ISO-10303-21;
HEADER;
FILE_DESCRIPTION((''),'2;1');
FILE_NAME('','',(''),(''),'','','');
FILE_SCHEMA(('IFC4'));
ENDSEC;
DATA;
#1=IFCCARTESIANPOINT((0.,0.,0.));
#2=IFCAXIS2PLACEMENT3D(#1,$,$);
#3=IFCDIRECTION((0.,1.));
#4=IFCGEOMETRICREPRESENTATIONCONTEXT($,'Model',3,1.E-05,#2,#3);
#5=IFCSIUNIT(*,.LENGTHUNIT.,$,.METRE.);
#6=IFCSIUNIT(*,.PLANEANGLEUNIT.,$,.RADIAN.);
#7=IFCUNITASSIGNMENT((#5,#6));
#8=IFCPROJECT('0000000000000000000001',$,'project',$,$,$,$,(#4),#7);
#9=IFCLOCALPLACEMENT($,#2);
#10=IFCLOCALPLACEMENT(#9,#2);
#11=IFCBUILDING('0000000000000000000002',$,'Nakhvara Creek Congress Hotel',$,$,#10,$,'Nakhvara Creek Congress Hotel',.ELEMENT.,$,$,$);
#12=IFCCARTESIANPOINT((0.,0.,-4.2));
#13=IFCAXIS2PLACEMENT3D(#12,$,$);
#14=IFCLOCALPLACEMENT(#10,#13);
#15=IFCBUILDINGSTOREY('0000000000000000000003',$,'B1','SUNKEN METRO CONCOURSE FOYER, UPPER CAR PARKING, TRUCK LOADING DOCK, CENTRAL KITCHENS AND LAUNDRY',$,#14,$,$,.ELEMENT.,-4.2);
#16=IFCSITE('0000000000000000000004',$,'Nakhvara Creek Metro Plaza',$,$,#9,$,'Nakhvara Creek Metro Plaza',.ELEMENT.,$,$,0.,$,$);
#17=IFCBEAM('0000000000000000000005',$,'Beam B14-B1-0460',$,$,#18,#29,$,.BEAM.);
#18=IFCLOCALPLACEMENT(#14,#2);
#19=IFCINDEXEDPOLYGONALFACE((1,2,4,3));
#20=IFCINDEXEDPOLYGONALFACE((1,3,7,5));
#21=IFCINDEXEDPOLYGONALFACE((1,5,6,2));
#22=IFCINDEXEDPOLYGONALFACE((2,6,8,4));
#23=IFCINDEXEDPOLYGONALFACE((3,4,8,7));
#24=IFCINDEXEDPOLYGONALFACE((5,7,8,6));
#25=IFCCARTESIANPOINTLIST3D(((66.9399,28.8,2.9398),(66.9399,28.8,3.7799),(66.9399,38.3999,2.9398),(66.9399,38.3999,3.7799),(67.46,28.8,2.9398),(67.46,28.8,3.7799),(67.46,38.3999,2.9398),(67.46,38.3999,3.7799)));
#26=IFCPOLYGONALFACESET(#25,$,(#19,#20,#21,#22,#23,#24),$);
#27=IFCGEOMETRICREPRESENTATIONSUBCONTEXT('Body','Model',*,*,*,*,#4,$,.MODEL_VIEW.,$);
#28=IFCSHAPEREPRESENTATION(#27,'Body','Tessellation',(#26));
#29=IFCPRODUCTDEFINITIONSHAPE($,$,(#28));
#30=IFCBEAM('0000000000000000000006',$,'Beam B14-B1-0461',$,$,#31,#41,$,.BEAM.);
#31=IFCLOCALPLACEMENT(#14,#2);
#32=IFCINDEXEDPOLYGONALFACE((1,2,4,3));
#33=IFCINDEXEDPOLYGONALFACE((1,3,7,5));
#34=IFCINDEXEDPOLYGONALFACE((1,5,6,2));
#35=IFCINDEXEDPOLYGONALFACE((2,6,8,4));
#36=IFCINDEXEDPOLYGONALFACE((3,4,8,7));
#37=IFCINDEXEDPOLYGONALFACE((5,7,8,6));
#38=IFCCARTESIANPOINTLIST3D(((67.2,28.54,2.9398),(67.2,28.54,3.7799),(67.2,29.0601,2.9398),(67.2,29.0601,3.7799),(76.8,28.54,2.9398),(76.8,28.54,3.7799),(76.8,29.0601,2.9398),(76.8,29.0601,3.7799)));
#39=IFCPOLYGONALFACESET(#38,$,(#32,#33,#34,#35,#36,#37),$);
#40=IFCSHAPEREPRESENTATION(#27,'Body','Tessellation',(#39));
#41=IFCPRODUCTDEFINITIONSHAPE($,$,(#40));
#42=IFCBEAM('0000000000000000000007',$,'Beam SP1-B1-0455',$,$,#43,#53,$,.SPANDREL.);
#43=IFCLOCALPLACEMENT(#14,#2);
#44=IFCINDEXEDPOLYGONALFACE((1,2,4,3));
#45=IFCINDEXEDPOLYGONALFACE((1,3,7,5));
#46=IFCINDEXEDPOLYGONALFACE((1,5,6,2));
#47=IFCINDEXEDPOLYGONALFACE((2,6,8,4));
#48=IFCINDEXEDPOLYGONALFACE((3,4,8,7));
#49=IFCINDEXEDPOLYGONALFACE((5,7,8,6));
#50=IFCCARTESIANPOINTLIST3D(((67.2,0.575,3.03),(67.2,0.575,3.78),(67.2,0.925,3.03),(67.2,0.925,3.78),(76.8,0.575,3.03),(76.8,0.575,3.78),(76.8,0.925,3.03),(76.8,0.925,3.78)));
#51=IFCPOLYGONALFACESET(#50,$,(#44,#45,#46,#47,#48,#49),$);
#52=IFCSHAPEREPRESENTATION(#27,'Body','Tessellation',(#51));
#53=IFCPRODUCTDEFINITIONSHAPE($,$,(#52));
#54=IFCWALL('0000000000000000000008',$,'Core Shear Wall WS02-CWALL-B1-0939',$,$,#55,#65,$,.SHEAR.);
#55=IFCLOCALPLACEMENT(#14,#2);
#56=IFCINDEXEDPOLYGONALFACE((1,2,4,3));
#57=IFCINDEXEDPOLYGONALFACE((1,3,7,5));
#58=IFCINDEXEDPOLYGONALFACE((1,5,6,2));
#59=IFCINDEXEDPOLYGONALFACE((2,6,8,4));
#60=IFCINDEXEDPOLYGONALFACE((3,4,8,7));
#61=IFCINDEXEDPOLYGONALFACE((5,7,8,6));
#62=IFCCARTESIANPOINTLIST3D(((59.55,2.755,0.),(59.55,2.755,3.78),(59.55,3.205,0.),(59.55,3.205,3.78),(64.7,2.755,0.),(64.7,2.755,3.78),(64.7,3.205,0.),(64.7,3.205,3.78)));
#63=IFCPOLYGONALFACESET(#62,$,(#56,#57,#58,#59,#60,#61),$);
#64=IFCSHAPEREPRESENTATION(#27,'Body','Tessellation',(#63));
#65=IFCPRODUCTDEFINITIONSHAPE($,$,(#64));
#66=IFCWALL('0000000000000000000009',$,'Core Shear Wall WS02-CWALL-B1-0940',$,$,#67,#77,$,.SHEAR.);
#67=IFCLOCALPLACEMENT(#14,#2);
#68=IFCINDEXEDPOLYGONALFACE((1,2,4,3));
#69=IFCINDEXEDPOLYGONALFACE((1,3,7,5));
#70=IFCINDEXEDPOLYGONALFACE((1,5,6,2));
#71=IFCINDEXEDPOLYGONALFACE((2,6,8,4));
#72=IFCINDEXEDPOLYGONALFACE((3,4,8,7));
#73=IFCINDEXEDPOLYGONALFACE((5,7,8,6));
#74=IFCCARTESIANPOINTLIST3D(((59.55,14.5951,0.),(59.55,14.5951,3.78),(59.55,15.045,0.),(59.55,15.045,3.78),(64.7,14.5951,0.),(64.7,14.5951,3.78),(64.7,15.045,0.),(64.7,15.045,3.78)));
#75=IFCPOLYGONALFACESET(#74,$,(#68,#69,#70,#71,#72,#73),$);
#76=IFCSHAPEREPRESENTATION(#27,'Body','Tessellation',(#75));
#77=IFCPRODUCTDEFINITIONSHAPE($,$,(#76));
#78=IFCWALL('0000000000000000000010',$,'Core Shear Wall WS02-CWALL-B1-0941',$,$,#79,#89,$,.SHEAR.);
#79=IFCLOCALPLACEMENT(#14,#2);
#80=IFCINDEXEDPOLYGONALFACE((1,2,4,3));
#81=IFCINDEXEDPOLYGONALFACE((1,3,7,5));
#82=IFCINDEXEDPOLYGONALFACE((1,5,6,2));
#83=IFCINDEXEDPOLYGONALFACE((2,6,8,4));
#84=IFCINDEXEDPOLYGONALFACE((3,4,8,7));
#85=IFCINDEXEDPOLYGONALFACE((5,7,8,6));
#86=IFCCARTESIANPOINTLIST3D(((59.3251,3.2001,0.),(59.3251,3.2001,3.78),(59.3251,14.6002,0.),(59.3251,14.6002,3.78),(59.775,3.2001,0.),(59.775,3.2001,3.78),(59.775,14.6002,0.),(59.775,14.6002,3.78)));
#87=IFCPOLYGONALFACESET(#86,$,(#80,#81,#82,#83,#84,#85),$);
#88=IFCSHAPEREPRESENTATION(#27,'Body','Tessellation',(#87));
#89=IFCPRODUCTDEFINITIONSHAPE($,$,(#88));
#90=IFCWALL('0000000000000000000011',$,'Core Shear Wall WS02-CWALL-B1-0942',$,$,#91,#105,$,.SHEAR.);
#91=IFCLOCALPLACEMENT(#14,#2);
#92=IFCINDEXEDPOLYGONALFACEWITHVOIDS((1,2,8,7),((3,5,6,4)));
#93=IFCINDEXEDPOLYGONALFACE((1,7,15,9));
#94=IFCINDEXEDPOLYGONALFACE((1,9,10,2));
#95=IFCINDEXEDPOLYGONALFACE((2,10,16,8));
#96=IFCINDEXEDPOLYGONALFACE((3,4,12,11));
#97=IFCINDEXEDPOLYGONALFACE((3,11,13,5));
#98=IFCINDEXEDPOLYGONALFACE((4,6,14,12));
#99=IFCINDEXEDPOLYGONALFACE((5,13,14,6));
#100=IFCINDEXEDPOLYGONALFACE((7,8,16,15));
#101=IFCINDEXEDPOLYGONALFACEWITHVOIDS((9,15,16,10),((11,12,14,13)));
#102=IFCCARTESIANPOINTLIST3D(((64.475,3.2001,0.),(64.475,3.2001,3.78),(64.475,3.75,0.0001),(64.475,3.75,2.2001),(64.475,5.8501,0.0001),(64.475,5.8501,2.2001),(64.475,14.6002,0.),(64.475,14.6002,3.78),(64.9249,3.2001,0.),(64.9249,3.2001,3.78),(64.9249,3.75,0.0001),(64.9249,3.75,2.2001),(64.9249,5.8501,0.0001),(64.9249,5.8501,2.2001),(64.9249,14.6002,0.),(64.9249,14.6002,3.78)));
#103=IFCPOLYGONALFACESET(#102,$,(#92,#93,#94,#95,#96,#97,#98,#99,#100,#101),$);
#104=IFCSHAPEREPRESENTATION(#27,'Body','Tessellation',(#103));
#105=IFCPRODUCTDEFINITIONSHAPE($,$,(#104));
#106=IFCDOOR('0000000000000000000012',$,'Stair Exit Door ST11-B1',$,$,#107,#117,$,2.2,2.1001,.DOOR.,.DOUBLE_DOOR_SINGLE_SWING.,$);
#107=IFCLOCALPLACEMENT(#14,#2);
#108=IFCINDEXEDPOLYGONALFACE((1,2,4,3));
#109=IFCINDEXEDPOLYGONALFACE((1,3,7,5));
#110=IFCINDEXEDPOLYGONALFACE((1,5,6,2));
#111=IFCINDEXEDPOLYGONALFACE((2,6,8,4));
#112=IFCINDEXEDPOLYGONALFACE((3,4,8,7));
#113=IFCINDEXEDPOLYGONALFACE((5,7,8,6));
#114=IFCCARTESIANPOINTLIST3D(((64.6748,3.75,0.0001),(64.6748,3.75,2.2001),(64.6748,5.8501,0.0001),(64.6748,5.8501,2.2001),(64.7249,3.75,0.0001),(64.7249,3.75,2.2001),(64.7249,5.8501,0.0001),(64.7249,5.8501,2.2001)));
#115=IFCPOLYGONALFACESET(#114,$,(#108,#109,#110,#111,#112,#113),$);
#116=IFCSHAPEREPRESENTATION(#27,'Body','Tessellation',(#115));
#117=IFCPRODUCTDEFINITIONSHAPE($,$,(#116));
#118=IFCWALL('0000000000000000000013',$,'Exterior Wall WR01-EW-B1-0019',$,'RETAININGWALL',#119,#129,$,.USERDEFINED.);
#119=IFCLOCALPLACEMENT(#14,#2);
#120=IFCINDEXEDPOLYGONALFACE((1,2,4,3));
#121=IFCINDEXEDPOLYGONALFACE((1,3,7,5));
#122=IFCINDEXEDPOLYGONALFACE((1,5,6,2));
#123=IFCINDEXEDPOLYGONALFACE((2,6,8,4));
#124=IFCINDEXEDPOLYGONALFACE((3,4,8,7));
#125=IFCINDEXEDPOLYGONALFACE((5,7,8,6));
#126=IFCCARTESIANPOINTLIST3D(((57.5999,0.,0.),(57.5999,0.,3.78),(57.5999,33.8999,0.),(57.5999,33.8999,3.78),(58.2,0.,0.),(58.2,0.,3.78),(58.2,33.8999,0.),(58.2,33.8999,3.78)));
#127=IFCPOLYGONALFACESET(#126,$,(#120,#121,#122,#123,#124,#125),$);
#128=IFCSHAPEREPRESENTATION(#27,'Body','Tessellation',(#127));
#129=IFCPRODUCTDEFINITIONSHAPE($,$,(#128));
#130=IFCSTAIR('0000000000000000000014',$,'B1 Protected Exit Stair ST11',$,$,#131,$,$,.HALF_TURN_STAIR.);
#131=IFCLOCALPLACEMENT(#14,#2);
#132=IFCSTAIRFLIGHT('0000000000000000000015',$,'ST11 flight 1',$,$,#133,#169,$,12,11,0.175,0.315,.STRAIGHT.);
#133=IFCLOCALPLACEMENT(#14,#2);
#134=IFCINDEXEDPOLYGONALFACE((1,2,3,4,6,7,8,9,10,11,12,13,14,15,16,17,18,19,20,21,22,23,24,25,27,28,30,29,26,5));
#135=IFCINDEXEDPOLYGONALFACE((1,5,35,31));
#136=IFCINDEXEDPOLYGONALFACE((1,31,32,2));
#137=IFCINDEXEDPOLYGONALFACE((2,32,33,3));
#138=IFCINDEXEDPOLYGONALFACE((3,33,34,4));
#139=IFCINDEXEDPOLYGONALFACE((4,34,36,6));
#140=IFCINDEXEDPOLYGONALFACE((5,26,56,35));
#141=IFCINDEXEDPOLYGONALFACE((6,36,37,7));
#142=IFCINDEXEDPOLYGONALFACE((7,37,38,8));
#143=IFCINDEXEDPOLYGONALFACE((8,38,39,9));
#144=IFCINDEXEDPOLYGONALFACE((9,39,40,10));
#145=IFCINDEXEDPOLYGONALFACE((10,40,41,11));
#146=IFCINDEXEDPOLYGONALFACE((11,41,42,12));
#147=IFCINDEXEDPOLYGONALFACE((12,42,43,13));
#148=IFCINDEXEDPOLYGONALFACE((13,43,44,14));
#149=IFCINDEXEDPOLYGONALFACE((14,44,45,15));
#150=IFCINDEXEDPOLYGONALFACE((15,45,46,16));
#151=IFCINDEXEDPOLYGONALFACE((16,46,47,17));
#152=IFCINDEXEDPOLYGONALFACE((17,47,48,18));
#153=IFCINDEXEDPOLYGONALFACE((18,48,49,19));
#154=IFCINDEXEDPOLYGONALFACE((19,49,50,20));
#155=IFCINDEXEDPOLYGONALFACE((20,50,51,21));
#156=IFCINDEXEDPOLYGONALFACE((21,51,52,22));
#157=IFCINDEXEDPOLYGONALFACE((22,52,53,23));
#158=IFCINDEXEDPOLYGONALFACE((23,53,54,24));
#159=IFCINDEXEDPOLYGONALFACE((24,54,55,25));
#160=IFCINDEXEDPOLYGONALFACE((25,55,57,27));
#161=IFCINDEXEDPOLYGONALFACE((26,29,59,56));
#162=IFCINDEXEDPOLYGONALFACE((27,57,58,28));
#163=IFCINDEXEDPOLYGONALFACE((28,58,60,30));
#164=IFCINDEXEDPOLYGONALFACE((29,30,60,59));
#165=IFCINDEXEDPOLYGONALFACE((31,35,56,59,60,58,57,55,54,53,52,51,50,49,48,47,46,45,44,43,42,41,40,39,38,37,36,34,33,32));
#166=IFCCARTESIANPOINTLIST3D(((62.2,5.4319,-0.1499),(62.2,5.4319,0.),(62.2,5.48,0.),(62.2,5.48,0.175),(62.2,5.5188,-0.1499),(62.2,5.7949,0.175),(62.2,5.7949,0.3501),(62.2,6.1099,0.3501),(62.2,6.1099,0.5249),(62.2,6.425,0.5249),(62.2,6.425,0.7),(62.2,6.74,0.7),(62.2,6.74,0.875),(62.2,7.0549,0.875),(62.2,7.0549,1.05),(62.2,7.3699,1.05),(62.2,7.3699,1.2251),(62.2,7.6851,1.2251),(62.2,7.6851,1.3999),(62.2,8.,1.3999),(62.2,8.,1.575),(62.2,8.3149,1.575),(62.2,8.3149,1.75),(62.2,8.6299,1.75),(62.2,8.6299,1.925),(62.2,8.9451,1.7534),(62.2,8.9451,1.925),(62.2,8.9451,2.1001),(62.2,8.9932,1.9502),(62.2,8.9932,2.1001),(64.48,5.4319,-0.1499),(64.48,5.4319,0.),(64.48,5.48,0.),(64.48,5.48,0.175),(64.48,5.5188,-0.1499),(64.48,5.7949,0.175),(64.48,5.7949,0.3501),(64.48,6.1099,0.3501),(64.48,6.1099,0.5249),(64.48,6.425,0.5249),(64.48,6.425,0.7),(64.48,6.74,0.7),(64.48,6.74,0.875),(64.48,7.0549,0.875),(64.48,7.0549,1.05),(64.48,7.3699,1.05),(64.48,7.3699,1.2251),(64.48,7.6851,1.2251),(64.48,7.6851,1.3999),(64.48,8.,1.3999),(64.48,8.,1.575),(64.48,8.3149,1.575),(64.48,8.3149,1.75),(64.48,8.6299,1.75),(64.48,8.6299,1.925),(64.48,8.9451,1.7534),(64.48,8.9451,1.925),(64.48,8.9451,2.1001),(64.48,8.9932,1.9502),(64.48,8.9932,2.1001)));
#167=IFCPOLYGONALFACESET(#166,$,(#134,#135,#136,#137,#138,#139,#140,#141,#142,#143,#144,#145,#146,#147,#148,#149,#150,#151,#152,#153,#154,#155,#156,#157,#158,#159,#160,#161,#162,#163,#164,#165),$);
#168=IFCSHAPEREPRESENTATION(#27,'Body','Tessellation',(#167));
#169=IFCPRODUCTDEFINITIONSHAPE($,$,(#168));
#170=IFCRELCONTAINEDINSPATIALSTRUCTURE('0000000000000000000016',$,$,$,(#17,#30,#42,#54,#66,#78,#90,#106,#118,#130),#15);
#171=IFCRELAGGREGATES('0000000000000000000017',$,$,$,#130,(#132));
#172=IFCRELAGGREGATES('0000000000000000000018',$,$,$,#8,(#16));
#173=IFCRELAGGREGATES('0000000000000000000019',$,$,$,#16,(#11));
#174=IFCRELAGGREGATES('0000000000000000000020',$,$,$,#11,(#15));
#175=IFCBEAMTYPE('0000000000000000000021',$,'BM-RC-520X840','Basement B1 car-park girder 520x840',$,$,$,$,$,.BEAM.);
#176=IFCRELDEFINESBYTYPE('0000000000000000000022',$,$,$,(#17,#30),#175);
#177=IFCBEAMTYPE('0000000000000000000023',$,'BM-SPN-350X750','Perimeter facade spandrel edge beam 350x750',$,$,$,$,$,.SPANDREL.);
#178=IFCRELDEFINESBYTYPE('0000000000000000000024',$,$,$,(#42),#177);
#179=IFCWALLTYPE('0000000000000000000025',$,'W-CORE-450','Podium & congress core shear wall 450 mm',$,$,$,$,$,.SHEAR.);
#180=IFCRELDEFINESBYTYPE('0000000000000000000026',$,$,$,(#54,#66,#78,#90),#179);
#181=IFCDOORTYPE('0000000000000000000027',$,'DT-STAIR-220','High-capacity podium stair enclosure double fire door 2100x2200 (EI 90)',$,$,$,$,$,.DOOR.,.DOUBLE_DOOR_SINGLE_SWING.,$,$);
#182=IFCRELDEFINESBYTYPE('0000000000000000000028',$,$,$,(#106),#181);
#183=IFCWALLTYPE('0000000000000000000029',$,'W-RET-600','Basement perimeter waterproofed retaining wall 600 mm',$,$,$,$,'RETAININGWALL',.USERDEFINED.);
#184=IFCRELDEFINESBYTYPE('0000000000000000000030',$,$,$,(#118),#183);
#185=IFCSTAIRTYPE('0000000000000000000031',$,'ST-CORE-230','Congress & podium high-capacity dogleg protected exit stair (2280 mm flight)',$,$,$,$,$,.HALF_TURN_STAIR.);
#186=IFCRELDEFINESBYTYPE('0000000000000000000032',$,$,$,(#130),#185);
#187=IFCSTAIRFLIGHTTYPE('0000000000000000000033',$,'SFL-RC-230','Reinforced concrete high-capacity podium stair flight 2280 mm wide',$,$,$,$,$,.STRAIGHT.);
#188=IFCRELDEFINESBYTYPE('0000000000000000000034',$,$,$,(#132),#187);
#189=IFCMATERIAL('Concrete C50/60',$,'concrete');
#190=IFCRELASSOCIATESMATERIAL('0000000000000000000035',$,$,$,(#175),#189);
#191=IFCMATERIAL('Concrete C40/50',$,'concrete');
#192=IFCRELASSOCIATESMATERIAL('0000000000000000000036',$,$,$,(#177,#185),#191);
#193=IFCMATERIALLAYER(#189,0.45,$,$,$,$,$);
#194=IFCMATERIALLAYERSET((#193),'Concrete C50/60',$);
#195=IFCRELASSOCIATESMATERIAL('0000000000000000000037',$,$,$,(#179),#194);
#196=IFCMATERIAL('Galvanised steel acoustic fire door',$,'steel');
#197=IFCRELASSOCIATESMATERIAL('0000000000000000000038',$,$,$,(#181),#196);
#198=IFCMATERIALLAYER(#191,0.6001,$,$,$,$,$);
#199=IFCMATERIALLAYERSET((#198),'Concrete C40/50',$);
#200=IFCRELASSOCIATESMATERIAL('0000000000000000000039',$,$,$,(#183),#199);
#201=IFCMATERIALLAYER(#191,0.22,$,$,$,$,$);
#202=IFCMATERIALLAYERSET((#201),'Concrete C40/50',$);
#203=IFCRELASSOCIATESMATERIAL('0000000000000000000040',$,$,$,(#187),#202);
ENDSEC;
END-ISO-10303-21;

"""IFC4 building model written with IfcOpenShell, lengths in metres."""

from ifc_helpers import new_model, si_unit, direction, frame, frame_2d, origin, origin_2d, place, context, subcontext, project, spatial, polyline, rectangle, outline, extrude, material, layer, layer_set, material_profile, profile_set, type_object, element, fill, aggregate, save


model = new_model("IFC4")

# Units and contexts
model_context = context("Model", 3, precision=1e-05, world=origin(), true_north=direction((0.0, 1.0)))
body_context = subcontext(model_context, "Body", "Model", "MODEL_VIEW")
ifc_project = project(units=[si_unit("LENGTHUNIT", "METRE"), si_unit("PLANEANGLEUNIT", "RADIAN")], contexts=[model_context])

# Site, building, storey
site_placement = place(None, origin())
site = spatial("IfcSite", under=ifc_project, at=site_placement, Name="Nakhvara Creek Metro Plaza", LongName="Nakhvara Creek Metro Plaza", CompositionType="ELEMENT", RefElevation=0.0)
building_placement = place(site_placement, origin())
building = spatial("IfcBuilding", under=site, at=building_placement, Name="Nakhvara Creek Congress Hotel", LongName="Nakhvara Creek Congress Hotel", CompositionType="ELEMENT")
storey_placement = place(building_placement, frame((0.0, 0.0, -4.2)))
storey = spatial("IfcBuildingStorey", under=building, at=storey_placement, Name="B1", Description="SUNKEN METRO CONCOURSE FOYER, UPPER CAR PARKING, TRUCK LOADING DOCK, CENTRAL KITCHENS AND LAUNDRY", CompositionType="ELEMENT", Elevation=-4.2)

# Shared definitions
ifc_material_1 = material(Name="Concrete C50/60", Category="concrete")

# Beams
ifc_material_2 = material(Name="Concrete C40/50", Category="concrete")
ifc_material_profile_1 = material_profile(ifc_material_1, rectangle(XDim=0.52, YDim=0.8401, at=origin_2d()), Name="RC-BM 520x840", Category="LoadBearing")
ifc_profile_set_1 = profile_set([ifc_material_profile_1], Name="Concrete C50/60")
beam_type_1 = type_object("IfcBeamType", Name="BM-RC-520X840", Description="Basement B1 car-park girder 520x840", PredefinedType="BEAM", material=ifc_profile_set_1)
beam_1_placement = place(storey_placement, frame((67.2, 28.8, 3.3599), z_axis=(0.0, 1.0, 0.0), x_axis=(-1.0, 0.0, 0.0)))
element("IfcBeam", 1, at=beam_1_placement, inside=storey, type_object=beam_type_1, Name="Beam B14-B1-0460", PredefinedType="BEAM", context=body_context, shape_type="SweptSolid", body=[
    extrude(rectangle(XDim=0.52, YDim=0.8401, at=origin_2d()), origin(), (0.0, 0.0, 1.0), 9.5999),
])
beam_2_placement = place(storey_placement, frame((67.2, 28.8, 3.3599), z_axis=(1.0, 0.0, 0.0), x_axis=(0.0, 1.0, 0.0)))
element("IfcBeam", 2, at=beam_2_placement, inside=storey, type_object=beam_type_1, Name="Beam B14-B1-0461", PredefinedType="BEAM", context=body_context, shape_type="SweptSolid", body=[
    extrude(rectangle(XDim=0.52, YDim=0.8401, at=origin_2d()), origin(), (0.0, 0.0, 1.0), 9.6001),
])
ifc_material_profile_2 = material_profile(ifc_material_2, rectangle(XDim=0.3501, YDim=0.75, at=origin_2d()), Name="RC-SPANDREL 350x750", Category="LoadBearing")
ifc_profile_set_2 = profile_set([ifc_material_profile_2], Name="Concrete C40/50")
beam_type_2 = type_object("IfcBeamType", Name="BM-SPN-350X750", Description="Perimeter facade spandrel edge beam 350x750", PredefinedType="SPANDREL", material=ifc_profile_set_2)
beam_3_placement = place(storey_placement, frame((67.2, 0.75, 3.405), z_axis=(1.0, 0.0, 0.0), x_axis=(0.0, 1.0, 0.0)))
element("IfcBeam", 3, at=beam_3_placement, inside=storey, type_object=beam_type_2, Name="Beam SP1-B1-0455", PredefinedType="SPANDREL", context=body_context, shape_type="SweptSolid", body=[
    extrude(rectangle(XDim=0.3501, YDim=0.75, at=origin_2d()), origin(), (0.0, 0.0, 1.0), 9.6001),
])

# Walls
ifc_layer_1 = layer(ifc_material_1, 0.45)
ifc_layer_set_1 = layer_set([ifc_layer_1], Name="Concrete C50/60")
wall_type_1 = type_object("IfcWallType", Name="W-CORE-450", Description="Podium & congress core shear wall 450 mm", PredefinedType="SHEAR", material=ifc_layer_set_1)
for number, where, z_axis, x_axis, name in (
    (4, (59.55, 2.98, 0.0), (0.0, 0.0, 1.0), (1.0, 0.0, 0.0), "Core Shear Wall WS02-CWALL-B1-0939"),
    (5, (59.55, 14.8201, 0.0), (0.0, 0.0, 1.0), (1.0, 0.0, 0.0), "Core Shear Wall WS02-CWALL-B1-0940"),
):
    element("IfcWall", number, at=place(storey_placement, frame(where, z_axis=z_axis, x_axis=x_axis)), inside=storey, type_object=wall_type_1, Name=name, PredefinedType="SHEAR", context=body_context, shape_type="SweptSolid", body=[
        extrude(rectangle(XDim=5.1499, YDim=0.45, at=frame_2d((2.575, 0.0))), origin(), (0.0, 0.0, 1.0), 3.78),
    ])
wall_1_placement = place(storey_placement, frame((59.55, 3.2, 0.0), z_axis=(0.0, 0.0, 1.0), x_axis=(0.0, 1.0, 0.0)))
element("IfcWall", 6, at=wall_1_placement, inside=storey, type_object=wall_type_1, Name="Core Shear Wall WS02-CWALL-B1-0941", PredefinedType="SHEAR", context=body_context, shape_type="SweptSolid", body=[
    extrude(rectangle(XDim=11.4001, YDim=0.45, at=frame_2d((5.7002, 0.0))), origin(), (0.0, 0.0, 1.0), 3.78),
])

# Wall, opening, door
wall_2_placement = place(storey_placement, frame((64.7, 3.2, 0.0), z_axis=(0.0, 0.0, 1.0), x_axis=(0.0, 1.0, 0.0)))
wall_2 = element("IfcWall", 7, at=wall_2_placement, inside=storey, type_object=wall_type_1, Name="Core Shear Wall WS02-CWALL-B1-0942", PredefinedType="SHEAR", context=body_context, shape_type="SweptSolid", body=[
    extrude(rectangle(XDim=11.4001, YDim=0.45, at=frame_2d((5.7002, 0.0))), origin(), (0.0, 0.0, 1.0), 3.78),
])
opening_placement = place(wall_2_placement, frame((0.55, 0.0, 0.0)))
opening = element("IfcOpeningElement", 8, at=opening_placement, cuts=wall_2, PredefinedType="OPENING", context=body_context, shape_type="SweptSolid", body=[
    extrude(rectangle(XDim=2.1001, YDim=2.2, at=frame_2d((1.05, 1.1001))), frame((0.0, 0.2368, 0.0), z_axis=(0.0, -1.0, 0.0), x_axis=(1.0, 0.0, 0.0)), (0.0, 0.0, 1.0), 0.4739),
])
ifc_material_3 = material(Name="Galvanised steel acoustic fire door", Category="steel")
door_type = type_object("IfcDoorType", Name="DT-STAIR-220", Description="High-capacity podium stair enclosure double fire door 2100x2200 (EI 90)", OperationType="DOUBLE_DOOR_SINGLE_SWING", PredefinedType="DOOR", material=ifc_material_3)
door_placement = place(opening_placement, frame((2.1001, 0.0, 0.0), z_axis=(0.0, 0.0, 1.0), x_axis=(-1.0, 0.0, 0.0)))
door = element("IfcDoor", 9, at=door_placement, inside=storey, type_object=door_type, Name="Stair Exit Door ST11-B1", OperationType="DOUBLE_DOOR_SINGLE_SWING", OverallHeight=2.2, OverallWidth=2.1001, PredefinedType="DOOR", context=body_context, shape_type="SweptSolid", body=[
    extrude(rectangle(XDim=2.1001, YDim=2.2, at=frame_2d((1.05, 1.1001))), frame((0.0, 0.0249, 0.0), z_axis=(0.0, -1.0, 0.0), x_axis=(1.0, 0.0, 0.0)), (0.0, 0.0, 1.0), 0.05),
])
fill(opening, door)

# Wall
ifc_layer_2 = layer(ifc_material_2, 0.6001)
ifc_layer_set_2 = layer_set([ifc_layer_2], Name="Concrete C40/50")
wall_type_2 = type_object("IfcWallType", Name="W-RET-600", Description="Basement perimeter waterproofed retaining wall 600 mm", ElementType="RETAININGWALL", PredefinedType="USERDEFINED", material=ifc_layer_set_2)
wall_3_placement = place(storey_placement, frame((57.8999, 0.0, 0.0), z_axis=(0.0, 0.0, 1.0), x_axis=(0.0, 1.0, 0.0)))
element("IfcWall", 10, at=wall_3_placement, inside=storey, type_object=wall_type_2, Name="Exterior Wall WR01-EW-B1-0019", ObjectType="RETAININGWALL", PredefinedType="USERDEFINED", context=body_context, shape_type="SweptSolid", body=[
    extrude(rectangle(XDim=33.8999, YDim=0.6001, at=frame_2d((16.95, 0.0))), origin(), (0.0, 0.0, 1.0), 3.78),
])

# Stair, stair flight
stair_type = type_object("IfcStairType", Name="ST-CORE-230", Description="Congress & podium high-capacity dogleg protected exit stair (2280 mm flight)", PredefinedType="HALF_TURN_STAIR", material=ifc_material_2)
stair_placement = place(storey_placement, origin())
stair = element("IfcStair", 11, at=stair_placement, inside=storey, type_object=stair_type, Name="B1 Protected Exit Stair ST11", PredefinedType="HALF_TURN_STAIR")
ifc_layer_3 = layer(ifc_material_2, 0.22)
ifc_layer_set_3 = layer_set([ifc_layer_3], Name="Concrete C40/50")
stair_flight_type = type_object("IfcStairFlightType", Name="SFL-RC-230", Description="Reinforced concrete high-capacity podium stair flight 2280 mm wide", PredefinedType="STRAIGHT", material=ifc_layer_set_3)
stair_flight_1_placement = place(storey_placement, frame((63.3401, 5.48, 0.0), z_axis=(0.0, 0.0, 1.0), x_axis=(0.0, 1.0, 0.0)))
stair_flight_1 = element("IfcStairFlight", 12, at=stair_flight_1_placement, type_object=stair_flight_type, Name="ST11 flight 1", NumberOfRisers=12, NumberOfTreads=11, PredefinedType="STRAIGHT", RiserHeight=0.175, TreadLength=0.315, context=body_context, shape_type="SweptSolid", body=[
    extrude(outline(polyline([(-0.0481, 0.0), (0.0, 0.0), (0.0, 0.175), (0.3149, 0.175), (0.3149, 0.3501), (0.6299, 0.3501), (0.6299, 0.5249), (0.9451, 0.5249), (0.9451, 0.7), (1.26, 0.7), (1.26, 0.875), (1.575, 0.875), (1.575, 1.05), (1.8899, 1.05), (1.8899, 1.2251), (2.2051, 1.2251), (2.2051, 1.3999), (2.52, 1.3999), (2.52, 1.575), (2.835, 1.575), (2.835, 1.75), (3.1499, 1.75), (3.1499, 1.925), (3.4651, 1.925), (3.4651, 2.1001), (3.5132, 2.1001), (3.5132, 1.9502), (3.4651, 1.7534), (0.0388, -0.1499), (-0.0481, -0.1499), (-0.0481, 0.0)])), frame((0.0, 1.1401, 0.0), z_axis=(0.0, -1.0, 0.0), x_axis=(1.0, 0.0, 0.0)), (0.0, 0.0, 1.0), 2.28),
])
aggregate(stair, [stair_flight_1])

save(model, "model.ifc")
